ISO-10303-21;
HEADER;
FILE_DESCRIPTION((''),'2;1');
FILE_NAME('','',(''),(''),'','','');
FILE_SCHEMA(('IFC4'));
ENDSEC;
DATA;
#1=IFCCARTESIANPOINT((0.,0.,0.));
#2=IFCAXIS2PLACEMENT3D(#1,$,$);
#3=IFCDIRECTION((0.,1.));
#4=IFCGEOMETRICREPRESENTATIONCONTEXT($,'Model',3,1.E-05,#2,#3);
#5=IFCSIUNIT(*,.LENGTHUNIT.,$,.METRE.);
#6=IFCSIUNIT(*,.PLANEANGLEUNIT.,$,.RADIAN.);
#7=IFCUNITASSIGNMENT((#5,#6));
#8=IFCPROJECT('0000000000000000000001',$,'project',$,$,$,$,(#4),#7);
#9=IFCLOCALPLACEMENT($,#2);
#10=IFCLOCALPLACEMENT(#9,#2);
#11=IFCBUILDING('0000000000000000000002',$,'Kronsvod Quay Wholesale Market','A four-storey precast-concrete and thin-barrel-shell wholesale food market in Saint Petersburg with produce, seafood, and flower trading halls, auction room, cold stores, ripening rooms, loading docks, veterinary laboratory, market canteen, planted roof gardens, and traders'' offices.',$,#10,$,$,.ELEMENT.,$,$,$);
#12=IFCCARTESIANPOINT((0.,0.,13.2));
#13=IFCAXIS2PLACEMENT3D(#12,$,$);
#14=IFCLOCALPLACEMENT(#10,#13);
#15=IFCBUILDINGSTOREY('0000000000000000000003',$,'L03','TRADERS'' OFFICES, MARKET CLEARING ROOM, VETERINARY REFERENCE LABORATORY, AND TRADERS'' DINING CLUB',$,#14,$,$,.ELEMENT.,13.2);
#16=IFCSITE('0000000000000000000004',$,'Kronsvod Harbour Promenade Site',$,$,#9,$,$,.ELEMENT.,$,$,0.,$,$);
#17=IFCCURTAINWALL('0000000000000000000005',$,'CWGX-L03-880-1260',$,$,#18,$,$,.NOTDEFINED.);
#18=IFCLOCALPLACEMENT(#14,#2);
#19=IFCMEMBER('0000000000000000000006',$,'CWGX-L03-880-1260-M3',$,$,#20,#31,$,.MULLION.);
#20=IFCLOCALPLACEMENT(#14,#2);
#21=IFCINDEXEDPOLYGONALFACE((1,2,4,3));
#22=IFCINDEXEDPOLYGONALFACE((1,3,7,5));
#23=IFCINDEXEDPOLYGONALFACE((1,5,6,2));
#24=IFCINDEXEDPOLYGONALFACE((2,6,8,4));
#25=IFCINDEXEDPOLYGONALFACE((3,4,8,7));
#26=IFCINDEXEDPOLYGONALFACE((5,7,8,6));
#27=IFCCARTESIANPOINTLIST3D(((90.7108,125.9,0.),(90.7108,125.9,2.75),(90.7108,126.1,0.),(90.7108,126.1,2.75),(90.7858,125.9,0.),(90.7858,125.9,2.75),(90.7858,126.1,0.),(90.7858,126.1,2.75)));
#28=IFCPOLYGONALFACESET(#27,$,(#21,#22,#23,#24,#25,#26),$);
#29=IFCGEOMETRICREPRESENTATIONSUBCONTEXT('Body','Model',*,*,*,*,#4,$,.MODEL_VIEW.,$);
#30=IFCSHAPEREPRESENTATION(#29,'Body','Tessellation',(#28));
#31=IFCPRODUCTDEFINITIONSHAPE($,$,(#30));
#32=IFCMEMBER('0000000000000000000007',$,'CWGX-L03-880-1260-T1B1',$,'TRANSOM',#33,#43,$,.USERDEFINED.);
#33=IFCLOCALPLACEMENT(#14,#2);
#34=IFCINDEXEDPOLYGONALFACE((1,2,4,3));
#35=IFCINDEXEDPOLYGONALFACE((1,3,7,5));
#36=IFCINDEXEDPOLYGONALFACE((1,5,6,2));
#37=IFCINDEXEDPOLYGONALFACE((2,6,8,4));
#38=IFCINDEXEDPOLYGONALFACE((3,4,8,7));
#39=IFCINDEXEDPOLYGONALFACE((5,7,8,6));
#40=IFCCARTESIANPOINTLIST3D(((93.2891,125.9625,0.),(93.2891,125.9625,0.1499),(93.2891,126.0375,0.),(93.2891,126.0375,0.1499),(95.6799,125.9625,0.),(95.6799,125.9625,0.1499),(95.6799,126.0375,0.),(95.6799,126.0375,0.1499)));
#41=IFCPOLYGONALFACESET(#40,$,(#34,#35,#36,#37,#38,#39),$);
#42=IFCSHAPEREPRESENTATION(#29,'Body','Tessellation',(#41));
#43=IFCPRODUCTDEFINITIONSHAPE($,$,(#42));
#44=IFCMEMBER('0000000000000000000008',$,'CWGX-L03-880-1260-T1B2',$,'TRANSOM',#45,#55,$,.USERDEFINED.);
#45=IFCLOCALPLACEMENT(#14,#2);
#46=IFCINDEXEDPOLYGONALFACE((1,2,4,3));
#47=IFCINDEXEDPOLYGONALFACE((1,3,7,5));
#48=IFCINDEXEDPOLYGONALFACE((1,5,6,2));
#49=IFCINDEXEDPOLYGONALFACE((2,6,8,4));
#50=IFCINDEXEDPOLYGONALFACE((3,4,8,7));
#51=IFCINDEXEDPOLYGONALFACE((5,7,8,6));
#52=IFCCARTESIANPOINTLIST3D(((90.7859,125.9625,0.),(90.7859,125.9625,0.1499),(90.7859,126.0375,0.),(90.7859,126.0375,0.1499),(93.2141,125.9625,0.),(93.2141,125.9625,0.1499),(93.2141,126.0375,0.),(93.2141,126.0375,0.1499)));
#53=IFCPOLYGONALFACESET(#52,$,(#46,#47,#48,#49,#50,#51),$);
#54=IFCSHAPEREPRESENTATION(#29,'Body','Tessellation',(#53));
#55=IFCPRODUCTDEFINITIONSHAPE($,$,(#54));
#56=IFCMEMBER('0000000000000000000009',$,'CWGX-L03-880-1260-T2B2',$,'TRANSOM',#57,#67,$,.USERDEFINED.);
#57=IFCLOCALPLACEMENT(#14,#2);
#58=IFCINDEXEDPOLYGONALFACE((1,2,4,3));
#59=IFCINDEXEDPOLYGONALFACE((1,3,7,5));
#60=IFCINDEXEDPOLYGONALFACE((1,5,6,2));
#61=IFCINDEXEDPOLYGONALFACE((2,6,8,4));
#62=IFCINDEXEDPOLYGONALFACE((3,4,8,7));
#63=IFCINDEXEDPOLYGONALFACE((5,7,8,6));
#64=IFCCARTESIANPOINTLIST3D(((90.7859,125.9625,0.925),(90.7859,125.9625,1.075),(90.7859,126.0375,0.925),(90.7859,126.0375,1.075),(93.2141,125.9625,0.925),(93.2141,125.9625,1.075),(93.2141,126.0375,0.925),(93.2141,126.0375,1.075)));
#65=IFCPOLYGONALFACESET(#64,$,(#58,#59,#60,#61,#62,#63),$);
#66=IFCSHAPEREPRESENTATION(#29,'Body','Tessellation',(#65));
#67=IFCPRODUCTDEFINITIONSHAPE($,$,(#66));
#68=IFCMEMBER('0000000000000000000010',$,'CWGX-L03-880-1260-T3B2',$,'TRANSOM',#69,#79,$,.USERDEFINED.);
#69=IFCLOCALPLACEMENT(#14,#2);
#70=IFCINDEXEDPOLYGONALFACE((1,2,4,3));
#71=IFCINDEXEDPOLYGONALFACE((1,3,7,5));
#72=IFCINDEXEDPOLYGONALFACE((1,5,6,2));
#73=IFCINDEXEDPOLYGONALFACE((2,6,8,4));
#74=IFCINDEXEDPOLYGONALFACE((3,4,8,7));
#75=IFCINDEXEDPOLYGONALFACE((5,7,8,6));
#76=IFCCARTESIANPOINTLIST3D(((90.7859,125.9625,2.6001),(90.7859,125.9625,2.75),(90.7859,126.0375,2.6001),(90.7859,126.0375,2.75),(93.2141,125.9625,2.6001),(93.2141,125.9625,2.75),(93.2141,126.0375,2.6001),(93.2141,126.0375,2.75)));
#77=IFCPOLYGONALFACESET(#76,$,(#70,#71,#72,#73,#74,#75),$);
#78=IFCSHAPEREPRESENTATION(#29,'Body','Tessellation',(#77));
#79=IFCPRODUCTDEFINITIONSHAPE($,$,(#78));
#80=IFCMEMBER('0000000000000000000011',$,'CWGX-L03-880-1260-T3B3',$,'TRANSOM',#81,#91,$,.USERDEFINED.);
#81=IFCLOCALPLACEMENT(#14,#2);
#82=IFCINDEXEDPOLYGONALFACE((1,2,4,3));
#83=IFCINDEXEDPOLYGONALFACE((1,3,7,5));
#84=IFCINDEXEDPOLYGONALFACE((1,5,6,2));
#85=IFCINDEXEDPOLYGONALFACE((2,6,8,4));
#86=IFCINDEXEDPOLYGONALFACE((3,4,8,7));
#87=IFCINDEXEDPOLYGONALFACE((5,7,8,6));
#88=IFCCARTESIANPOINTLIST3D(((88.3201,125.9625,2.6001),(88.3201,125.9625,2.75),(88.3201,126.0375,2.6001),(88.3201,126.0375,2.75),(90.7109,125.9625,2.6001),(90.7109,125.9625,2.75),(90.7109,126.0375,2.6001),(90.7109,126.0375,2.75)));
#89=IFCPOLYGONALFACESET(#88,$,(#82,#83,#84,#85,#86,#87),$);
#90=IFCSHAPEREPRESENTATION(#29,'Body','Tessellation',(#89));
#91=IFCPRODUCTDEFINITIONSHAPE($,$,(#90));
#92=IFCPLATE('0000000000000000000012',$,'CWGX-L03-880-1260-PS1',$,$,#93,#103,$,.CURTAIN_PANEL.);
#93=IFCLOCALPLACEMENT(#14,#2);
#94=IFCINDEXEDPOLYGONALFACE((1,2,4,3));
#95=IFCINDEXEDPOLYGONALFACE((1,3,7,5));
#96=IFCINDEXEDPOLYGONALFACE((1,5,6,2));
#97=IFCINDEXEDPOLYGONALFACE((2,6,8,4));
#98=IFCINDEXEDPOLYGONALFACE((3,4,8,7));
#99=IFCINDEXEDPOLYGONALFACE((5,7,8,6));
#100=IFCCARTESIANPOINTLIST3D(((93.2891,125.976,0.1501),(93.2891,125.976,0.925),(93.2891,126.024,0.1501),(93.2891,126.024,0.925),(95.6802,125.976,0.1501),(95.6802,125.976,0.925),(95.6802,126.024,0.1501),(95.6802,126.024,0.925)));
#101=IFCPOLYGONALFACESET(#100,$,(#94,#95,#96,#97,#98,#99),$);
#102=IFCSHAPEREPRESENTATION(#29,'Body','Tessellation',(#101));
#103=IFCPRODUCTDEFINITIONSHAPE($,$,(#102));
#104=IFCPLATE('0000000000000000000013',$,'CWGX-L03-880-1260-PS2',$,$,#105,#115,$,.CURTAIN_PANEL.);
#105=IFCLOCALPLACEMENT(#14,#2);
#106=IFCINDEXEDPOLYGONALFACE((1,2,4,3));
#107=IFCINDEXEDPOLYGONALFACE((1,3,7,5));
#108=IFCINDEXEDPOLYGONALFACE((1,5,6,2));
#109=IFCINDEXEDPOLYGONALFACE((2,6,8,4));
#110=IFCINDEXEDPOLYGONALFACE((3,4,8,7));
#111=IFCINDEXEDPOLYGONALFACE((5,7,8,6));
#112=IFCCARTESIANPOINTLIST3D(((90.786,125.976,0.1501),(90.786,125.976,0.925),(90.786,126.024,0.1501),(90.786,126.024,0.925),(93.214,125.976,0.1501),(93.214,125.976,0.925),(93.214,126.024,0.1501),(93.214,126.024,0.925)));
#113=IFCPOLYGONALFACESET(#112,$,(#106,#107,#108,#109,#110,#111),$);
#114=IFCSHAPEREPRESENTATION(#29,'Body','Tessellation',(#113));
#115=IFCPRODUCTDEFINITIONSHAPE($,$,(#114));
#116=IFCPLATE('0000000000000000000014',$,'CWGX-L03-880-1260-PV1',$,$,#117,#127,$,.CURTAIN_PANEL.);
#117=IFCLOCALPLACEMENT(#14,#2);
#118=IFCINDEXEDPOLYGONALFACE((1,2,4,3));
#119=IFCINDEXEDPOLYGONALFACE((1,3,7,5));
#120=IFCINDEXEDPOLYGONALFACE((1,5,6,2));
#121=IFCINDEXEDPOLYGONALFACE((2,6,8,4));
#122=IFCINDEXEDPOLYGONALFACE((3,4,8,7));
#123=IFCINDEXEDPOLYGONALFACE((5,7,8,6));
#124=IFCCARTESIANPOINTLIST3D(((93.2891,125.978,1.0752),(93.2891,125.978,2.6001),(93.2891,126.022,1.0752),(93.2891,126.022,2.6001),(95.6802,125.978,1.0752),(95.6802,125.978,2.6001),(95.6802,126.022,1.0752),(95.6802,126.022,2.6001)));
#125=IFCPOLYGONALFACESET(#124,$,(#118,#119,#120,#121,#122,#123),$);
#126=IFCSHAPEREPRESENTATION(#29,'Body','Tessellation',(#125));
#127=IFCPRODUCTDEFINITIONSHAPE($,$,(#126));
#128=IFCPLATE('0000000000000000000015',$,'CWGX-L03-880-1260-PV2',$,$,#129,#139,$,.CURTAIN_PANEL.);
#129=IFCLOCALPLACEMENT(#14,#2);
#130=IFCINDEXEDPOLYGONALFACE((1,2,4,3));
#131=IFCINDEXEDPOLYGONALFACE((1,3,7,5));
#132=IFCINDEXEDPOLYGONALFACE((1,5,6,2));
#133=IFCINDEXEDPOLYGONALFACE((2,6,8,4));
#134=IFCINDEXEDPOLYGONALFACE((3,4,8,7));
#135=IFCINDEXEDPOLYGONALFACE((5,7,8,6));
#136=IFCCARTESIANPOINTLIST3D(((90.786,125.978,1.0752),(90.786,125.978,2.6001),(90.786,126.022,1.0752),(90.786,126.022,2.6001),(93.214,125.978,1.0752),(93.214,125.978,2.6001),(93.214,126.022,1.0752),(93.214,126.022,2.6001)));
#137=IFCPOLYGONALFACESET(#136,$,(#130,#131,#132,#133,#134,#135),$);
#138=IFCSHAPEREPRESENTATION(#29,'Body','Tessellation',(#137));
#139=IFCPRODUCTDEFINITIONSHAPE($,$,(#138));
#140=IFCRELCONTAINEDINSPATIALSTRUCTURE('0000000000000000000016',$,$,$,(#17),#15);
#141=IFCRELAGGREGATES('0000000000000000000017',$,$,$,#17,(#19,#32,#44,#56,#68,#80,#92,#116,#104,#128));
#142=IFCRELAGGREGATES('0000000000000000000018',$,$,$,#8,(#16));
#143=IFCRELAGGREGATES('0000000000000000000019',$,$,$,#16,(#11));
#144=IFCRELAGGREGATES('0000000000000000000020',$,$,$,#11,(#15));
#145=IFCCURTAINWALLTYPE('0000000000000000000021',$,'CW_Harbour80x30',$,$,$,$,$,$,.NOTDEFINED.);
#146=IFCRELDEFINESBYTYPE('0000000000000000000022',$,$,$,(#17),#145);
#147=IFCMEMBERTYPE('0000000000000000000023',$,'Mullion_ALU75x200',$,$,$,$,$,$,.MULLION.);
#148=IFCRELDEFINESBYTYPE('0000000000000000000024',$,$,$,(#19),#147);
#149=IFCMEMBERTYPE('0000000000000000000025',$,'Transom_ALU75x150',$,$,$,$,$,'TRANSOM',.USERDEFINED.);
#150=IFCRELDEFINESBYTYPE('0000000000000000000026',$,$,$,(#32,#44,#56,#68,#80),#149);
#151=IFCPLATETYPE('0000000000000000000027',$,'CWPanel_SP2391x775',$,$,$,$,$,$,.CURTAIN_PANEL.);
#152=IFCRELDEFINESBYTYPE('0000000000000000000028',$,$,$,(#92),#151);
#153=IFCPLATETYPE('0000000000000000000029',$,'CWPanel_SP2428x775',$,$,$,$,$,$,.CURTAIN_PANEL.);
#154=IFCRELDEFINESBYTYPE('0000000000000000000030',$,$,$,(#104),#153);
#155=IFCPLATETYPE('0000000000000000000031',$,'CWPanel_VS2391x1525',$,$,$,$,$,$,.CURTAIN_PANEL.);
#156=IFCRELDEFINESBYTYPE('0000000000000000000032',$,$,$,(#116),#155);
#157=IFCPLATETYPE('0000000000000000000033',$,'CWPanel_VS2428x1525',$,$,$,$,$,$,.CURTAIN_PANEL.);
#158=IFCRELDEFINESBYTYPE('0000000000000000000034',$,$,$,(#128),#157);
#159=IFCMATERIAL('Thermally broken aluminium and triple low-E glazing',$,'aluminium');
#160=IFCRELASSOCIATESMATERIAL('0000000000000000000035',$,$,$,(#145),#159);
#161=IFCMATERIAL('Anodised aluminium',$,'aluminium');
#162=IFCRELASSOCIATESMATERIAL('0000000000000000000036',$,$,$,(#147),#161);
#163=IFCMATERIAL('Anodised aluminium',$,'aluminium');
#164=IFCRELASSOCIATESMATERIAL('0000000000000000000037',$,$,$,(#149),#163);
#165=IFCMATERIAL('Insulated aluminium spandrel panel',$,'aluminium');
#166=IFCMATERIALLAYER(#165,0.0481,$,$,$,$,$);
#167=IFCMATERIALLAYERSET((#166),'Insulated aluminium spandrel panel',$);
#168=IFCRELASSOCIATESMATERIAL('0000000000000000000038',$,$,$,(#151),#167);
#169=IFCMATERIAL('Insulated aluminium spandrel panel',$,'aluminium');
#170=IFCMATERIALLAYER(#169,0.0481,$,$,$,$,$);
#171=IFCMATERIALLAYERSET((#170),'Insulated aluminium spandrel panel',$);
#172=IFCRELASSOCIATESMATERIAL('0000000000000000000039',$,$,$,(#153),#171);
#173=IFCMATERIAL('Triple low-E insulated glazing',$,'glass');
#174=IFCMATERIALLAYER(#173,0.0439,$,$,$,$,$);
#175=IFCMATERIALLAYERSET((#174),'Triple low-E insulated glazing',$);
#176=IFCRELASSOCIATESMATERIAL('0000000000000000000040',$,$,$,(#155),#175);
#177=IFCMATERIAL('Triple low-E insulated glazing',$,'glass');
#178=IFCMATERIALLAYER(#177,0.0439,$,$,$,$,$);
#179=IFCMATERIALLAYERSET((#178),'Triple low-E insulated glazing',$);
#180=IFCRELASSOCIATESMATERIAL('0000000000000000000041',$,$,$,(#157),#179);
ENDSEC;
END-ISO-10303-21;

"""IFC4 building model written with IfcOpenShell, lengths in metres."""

from ifc_helpers import new_model, si_unit, direction, frame, origin, origin_2d, place, context, subcontext, project, spatial, rectangle, extrude, material, layer, layer_set, material_profile, profile_set, type_object, element, aggregate, save


model = new_model("IFC4")

# Units and contexts
model_context = context("Model", 3, precision=1e-05, world=origin(), true_north=direction((0.0, 1.0)))
body_context = subcontext(model_context, "Body", "Model", "MODEL_VIEW")
ifc_project = project(units=[si_unit("LENGTHUNIT", "METRE"), si_unit("PLANEANGLEUNIT", "RADIAN")], contexts=[model_context])

# Site, building, storey
site_placement = place(None, origin())
site = spatial("IfcSite", under=ifc_project, at=site_placement, Name="Kronsvod Harbour Promenade Site", CompositionType="ELEMENT", RefElevation=0.0)
building_placement = place(site_placement, origin())
building = spatial("IfcBuilding", under=site, at=building_placement, Name="Kronsvod Quay Wholesale Market", Description="A four-storey precast-concrete and thin-barrel-shell wholesale food market in Saint Petersburg with produce, seafood, and flower trading halls, auction room, cold stores, ripening rooms, loading docks, veterinary laboratory, market canteen, planted roof gardens, and traders' offices.", CompositionType="ELEMENT")
storey_placement = place(building_placement, frame((0.0, 0.0, 13.2)))
storey = spatial("IfcBuildingStorey", under=building, at=storey_placement, Name="L03", Description="TRADERS' OFFICES, MARKET CLEARING ROOM, VETERINARY REFERENCE LABORATORY, AND TRADERS' DINING CLUB", CompositionType="ELEMENT", Elevation=13.2)

# Curtain wall, members, plates
ifc_material_1 = material(Name="Thermally broken aluminium and triple low-E glazing", Category="aluminium")
curtain_wall_type = type_object("IfcCurtainWallType", Name="CW_Harbour80x30", PredefinedType="NOTDEFINED", material=ifc_material_1)
curtain_wall_placement = place(storey_placement, origin())
curtain_wall = element("IfcCurtainWall", 1, at=curtain_wall_placement, inside=storey, type_object=curtain_wall_type, Name="CWGX-L03-880-1260", PredefinedType="NOTDEFINED")
ifc_material_2 = material(Name="Anodised aluminium", Category="aluminium")
ifc_material_profile_1 = material_profile(ifc_material_2, rectangle(XDim=0.075, YDim=0.2, at=origin_2d()), Name="ALUM75x200")
ifc_profile_set_1 = profile_set([ifc_material_profile_1], Name="Anodised aluminium")
member_type_1 = type_object("IfcMemberType", Name="Mullion_ALU75x200", PredefinedType="MULLION", material=ifc_profile_set_1)
member_1_placement = place(storey_placement, frame((90.7483, 126.0, 0.0), z_axis=(0.0, 0.0, 1.0), x_axis=(1.0, 0.0, 0.0)))
member_1 = element("IfcMember", 2, at=member_1_placement, type_object=member_type_1, Name="CWGX-L03-880-1260-M3", PredefinedType="MULLION", context=body_context, shape_type="SweptSolid", body=[
    extrude(rectangle(XDim=0.075, YDim=0.2, at=origin_2d()), origin(), (0.0, 0.0, 1.0), 2.75),
])
ifc_material_3 = material(Name="Anodised aluminium", Category="aluminium")
ifc_material_profile_2 = material_profile(ifc_material_3, rectangle(XDim=0.075, YDim=0.1499, at=origin_2d()), Name="ALUT75x150")
ifc_profile_set_2 = profile_set([ifc_material_profile_2], Name="Anodised aluminium")
member_type_2 = type_object("IfcMemberType", Name="Transom_ALU75x150", ElementType="TRANSOM", PredefinedType="USERDEFINED", material=ifc_profile_set_2)
member_2_placement = place(storey_placement, frame((95.6799, 126.0, 0.075), z_axis=(-1.0, 0.0, 0.0), x_axis=(0.0, -1.0, 0.0)))
member_2 = element("IfcMember", 3, at=member_2_placement, type_object=member_type_2, Name="CWGX-L03-880-1260-T1B1", ObjectType="TRANSOM", PredefinedType="USERDEFINED", context=body_context, shape_type="SweptSolid", body=[
    extrude(rectangle(XDim=0.075, YDim=0.1499, at=origin_2d()), origin(), (0.0, 0.0, 1.0), 2.3909),
])
member_3_placement = place(storey_placement, frame((93.2141, 126.0, 0.075), z_axis=(-1.0, 0.0, 0.0), x_axis=(0.0, -1.0, 0.0)))
member_3 = element("IfcMember", 4, at=member_3_placement, type_object=member_type_2, Name="CWGX-L03-880-1260-T1B2", ObjectType="TRANSOM", PredefinedType="USERDEFINED", context=body_context, shape_type="SweptSolid", body=[
    extrude(rectangle(XDim=0.075, YDim=0.1499, at=origin_2d()), origin(), (0.0, 0.0, 1.0), 2.4282),
])
member_4_placement = place(storey_placement, frame((93.2141, 126.0, 1.0), z_axis=(-1.0, 0.0, 0.0), x_axis=(0.0, -1.0, 0.0)))
member_4 = element("IfcMember", 5, at=member_4_placement, type_object=member_type_2, Name="CWGX-L03-880-1260-T2B2", ObjectType="TRANSOM", PredefinedType="USERDEFINED", context=body_context, shape_type="SweptSolid", body=[
    extrude(rectangle(XDim=0.075, YDim=0.1499, at=origin_2d()), origin(), (0.0, 0.0, 1.0), 2.4282),
])
member_5_placement = place(storey_placement, frame((93.2141, 126.0, 2.675), z_axis=(-1.0, 0.0, 0.0), x_axis=(0.0, -1.0, 0.0)))
member_5 = element("IfcMember", 6, at=member_5_placement, type_object=member_type_2, Name="CWGX-L03-880-1260-T3B2", ObjectType="TRANSOM", PredefinedType="USERDEFINED", context=body_context, shape_type="SweptSolid", body=[
    extrude(rectangle(XDim=0.075, YDim=0.1499, at=origin_2d()), origin(), (0.0, 0.0, 1.0), 2.4282),
])
member_6_placement = place(storey_placement, frame((90.7109, 126.0, 2.675), z_axis=(-1.0, 0.0, 0.0), x_axis=(0.0, -1.0, 0.0)))
member_6 = element("IfcMember", 7, at=member_6_placement, type_object=member_type_2, Name="CWGX-L03-880-1260-T3B3", ObjectType="TRANSOM", PredefinedType="USERDEFINED", context=body_context, shape_type="SweptSolid", body=[
    extrude(rectangle(XDim=0.075, YDim=0.1499, at=origin_2d()), origin(), (0.0, 0.0, 1.0), 2.3909),
])
ifc_material_4 = material(Name="Insulated aluminium spandrel panel", Category="aluminium")
ifc_layer_1 = layer(ifc_material_4, 0.0481)
ifc_layer_set_1 = layer_set([ifc_layer_1], Name="Insulated aluminium spandrel panel")
plate_type_1 = type_object("IfcPlateType", Name="CWPanel_SP2391x775", PredefinedType="CURTAIN_PANEL", material=ifc_layer_set_1)
plate_1_placement = place(storey_placement, frame((94.4846, 126.0, 0.1501), z_axis=(0.0, 0.0, 1.0), x_axis=(-1.0, 0.0, 0.0)))
plate_1 = element("IfcPlate", 8, at=plate_1_placement, type_object=plate_type_1, Name="CWGX-L03-880-1260-PS1", PredefinedType="CURTAIN_PANEL", context=body_context, shape_type="SweptSolid", body=[
    extrude(rectangle(XDim=2.3911, YDim=0.0481, at=origin_2d()), origin(), (0.0, 0.0, 1.0), 0.7749),
])
ifc_material_5 = material(Name="Insulated aluminium spandrel panel", Category="aluminium")
ifc_layer_2 = layer(ifc_material_5, 0.0481)
ifc_layer_set_2 = layer_set([ifc_layer_2], Name="Insulated aluminium spandrel panel")
plate_type_2 = type_object("IfcPlateType", Name="CWPanel_SP2428x775", PredefinedType="CURTAIN_PANEL", material=ifc_layer_set_2)
plate_2_placement = place(storey_placement, frame((92.0, 126.0, 0.1501), z_axis=(0.0, 0.0, 1.0), x_axis=(-1.0, 0.0, 0.0)))
plate_2 = element("IfcPlate", 9, at=plate_2_placement, type_object=plate_type_2, Name="CWGX-L03-880-1260-PS2", PredefinedType="CURTAIN_PANEL", context=body_context, shape_type="SweptSolid", body=[
    extrude(rectangle(XDim=2.428, YDim=0.0481, at=origin_2d()), origin(), (0.0, 0.0, 1.0), 0.7749),
])
ifc_material_6 = material(Name="Triple low-E insulated glazing", Category="glass")
ifc_layer_3 = layer(ifc_material_6, 0.0439)
ifc_layer_set_3 = layer_set([ifc_layer_3], Name="Triple low-E insulated glazing")
plate_type_3 = type_object("IfcPlateType", Name="CWPanel_VS2391x1525", PredefinedType="CURTAIN_PANEL", material=ifc_layer_set_3)
plate_3_placement = place(storey_placement, frame((94.4846, 126.0, 1.0752), z_axis=(0.0, 0.0, 1.0), x_axis=(-1.0, 0.0, 0.0)))
plate_3 = element("IfcPlate", 10, at=plate_3_placement, type_object=plate_type_3, Name="CWGX-L03-880-1260-PV1", PredefinedType="CURTAIN_PANEL", context=body_context, shape_type="SweptSolid", body=[
    extrude(rectangle(XDim=2.3911, YDim=0.0439, at=origin_2d()), origin(), (0.0, 0.0, 1.0), 1.5249),
])
ifc_material_7 = material(Name="Triple low-E insulated glazing", Category="glass")
ifc_layer_4 = layer(ifc_material_7, 0.0439)
ifc_layer_set_4 = layer_set([ifc_layer_4], Name="Triple low-E insulated glazing")
plate_type_4 = type_object("IfcPlateType", Name="CWPanel_VS2428x1525", PredefinedType="CURTAIN_PANEL", material=ifc_layer_set_4)
plate_4_placement = place(storey_placement, frame((92.0, 126.0, 1.0752), z_axis=(0.0, 0.0, 1.0), x_axis=(-1.0, 0.0, 0.0)))
plate_4 = element("IfcPlate", 11, at=plate_4_placement, type_object=plate_type_4, Name="CWGX-L03-880-1260-PV2", PredefinedType="CURTAIN_PANEL", context=body_context, shape_type="SweptSolid", body=[
    extrude(rectangle(XDim=2.428, YDim=0.0439, at=origin_2d()), origin(), (0.0, 0.0, 1.0), 1.5249),
])
aggregate(curtain_wall, [member_1, member_2, member_3, member_4, member_5, member_6, plate_1, plate_3, plate_2, plate_4])

save(model, "model.ifc")
